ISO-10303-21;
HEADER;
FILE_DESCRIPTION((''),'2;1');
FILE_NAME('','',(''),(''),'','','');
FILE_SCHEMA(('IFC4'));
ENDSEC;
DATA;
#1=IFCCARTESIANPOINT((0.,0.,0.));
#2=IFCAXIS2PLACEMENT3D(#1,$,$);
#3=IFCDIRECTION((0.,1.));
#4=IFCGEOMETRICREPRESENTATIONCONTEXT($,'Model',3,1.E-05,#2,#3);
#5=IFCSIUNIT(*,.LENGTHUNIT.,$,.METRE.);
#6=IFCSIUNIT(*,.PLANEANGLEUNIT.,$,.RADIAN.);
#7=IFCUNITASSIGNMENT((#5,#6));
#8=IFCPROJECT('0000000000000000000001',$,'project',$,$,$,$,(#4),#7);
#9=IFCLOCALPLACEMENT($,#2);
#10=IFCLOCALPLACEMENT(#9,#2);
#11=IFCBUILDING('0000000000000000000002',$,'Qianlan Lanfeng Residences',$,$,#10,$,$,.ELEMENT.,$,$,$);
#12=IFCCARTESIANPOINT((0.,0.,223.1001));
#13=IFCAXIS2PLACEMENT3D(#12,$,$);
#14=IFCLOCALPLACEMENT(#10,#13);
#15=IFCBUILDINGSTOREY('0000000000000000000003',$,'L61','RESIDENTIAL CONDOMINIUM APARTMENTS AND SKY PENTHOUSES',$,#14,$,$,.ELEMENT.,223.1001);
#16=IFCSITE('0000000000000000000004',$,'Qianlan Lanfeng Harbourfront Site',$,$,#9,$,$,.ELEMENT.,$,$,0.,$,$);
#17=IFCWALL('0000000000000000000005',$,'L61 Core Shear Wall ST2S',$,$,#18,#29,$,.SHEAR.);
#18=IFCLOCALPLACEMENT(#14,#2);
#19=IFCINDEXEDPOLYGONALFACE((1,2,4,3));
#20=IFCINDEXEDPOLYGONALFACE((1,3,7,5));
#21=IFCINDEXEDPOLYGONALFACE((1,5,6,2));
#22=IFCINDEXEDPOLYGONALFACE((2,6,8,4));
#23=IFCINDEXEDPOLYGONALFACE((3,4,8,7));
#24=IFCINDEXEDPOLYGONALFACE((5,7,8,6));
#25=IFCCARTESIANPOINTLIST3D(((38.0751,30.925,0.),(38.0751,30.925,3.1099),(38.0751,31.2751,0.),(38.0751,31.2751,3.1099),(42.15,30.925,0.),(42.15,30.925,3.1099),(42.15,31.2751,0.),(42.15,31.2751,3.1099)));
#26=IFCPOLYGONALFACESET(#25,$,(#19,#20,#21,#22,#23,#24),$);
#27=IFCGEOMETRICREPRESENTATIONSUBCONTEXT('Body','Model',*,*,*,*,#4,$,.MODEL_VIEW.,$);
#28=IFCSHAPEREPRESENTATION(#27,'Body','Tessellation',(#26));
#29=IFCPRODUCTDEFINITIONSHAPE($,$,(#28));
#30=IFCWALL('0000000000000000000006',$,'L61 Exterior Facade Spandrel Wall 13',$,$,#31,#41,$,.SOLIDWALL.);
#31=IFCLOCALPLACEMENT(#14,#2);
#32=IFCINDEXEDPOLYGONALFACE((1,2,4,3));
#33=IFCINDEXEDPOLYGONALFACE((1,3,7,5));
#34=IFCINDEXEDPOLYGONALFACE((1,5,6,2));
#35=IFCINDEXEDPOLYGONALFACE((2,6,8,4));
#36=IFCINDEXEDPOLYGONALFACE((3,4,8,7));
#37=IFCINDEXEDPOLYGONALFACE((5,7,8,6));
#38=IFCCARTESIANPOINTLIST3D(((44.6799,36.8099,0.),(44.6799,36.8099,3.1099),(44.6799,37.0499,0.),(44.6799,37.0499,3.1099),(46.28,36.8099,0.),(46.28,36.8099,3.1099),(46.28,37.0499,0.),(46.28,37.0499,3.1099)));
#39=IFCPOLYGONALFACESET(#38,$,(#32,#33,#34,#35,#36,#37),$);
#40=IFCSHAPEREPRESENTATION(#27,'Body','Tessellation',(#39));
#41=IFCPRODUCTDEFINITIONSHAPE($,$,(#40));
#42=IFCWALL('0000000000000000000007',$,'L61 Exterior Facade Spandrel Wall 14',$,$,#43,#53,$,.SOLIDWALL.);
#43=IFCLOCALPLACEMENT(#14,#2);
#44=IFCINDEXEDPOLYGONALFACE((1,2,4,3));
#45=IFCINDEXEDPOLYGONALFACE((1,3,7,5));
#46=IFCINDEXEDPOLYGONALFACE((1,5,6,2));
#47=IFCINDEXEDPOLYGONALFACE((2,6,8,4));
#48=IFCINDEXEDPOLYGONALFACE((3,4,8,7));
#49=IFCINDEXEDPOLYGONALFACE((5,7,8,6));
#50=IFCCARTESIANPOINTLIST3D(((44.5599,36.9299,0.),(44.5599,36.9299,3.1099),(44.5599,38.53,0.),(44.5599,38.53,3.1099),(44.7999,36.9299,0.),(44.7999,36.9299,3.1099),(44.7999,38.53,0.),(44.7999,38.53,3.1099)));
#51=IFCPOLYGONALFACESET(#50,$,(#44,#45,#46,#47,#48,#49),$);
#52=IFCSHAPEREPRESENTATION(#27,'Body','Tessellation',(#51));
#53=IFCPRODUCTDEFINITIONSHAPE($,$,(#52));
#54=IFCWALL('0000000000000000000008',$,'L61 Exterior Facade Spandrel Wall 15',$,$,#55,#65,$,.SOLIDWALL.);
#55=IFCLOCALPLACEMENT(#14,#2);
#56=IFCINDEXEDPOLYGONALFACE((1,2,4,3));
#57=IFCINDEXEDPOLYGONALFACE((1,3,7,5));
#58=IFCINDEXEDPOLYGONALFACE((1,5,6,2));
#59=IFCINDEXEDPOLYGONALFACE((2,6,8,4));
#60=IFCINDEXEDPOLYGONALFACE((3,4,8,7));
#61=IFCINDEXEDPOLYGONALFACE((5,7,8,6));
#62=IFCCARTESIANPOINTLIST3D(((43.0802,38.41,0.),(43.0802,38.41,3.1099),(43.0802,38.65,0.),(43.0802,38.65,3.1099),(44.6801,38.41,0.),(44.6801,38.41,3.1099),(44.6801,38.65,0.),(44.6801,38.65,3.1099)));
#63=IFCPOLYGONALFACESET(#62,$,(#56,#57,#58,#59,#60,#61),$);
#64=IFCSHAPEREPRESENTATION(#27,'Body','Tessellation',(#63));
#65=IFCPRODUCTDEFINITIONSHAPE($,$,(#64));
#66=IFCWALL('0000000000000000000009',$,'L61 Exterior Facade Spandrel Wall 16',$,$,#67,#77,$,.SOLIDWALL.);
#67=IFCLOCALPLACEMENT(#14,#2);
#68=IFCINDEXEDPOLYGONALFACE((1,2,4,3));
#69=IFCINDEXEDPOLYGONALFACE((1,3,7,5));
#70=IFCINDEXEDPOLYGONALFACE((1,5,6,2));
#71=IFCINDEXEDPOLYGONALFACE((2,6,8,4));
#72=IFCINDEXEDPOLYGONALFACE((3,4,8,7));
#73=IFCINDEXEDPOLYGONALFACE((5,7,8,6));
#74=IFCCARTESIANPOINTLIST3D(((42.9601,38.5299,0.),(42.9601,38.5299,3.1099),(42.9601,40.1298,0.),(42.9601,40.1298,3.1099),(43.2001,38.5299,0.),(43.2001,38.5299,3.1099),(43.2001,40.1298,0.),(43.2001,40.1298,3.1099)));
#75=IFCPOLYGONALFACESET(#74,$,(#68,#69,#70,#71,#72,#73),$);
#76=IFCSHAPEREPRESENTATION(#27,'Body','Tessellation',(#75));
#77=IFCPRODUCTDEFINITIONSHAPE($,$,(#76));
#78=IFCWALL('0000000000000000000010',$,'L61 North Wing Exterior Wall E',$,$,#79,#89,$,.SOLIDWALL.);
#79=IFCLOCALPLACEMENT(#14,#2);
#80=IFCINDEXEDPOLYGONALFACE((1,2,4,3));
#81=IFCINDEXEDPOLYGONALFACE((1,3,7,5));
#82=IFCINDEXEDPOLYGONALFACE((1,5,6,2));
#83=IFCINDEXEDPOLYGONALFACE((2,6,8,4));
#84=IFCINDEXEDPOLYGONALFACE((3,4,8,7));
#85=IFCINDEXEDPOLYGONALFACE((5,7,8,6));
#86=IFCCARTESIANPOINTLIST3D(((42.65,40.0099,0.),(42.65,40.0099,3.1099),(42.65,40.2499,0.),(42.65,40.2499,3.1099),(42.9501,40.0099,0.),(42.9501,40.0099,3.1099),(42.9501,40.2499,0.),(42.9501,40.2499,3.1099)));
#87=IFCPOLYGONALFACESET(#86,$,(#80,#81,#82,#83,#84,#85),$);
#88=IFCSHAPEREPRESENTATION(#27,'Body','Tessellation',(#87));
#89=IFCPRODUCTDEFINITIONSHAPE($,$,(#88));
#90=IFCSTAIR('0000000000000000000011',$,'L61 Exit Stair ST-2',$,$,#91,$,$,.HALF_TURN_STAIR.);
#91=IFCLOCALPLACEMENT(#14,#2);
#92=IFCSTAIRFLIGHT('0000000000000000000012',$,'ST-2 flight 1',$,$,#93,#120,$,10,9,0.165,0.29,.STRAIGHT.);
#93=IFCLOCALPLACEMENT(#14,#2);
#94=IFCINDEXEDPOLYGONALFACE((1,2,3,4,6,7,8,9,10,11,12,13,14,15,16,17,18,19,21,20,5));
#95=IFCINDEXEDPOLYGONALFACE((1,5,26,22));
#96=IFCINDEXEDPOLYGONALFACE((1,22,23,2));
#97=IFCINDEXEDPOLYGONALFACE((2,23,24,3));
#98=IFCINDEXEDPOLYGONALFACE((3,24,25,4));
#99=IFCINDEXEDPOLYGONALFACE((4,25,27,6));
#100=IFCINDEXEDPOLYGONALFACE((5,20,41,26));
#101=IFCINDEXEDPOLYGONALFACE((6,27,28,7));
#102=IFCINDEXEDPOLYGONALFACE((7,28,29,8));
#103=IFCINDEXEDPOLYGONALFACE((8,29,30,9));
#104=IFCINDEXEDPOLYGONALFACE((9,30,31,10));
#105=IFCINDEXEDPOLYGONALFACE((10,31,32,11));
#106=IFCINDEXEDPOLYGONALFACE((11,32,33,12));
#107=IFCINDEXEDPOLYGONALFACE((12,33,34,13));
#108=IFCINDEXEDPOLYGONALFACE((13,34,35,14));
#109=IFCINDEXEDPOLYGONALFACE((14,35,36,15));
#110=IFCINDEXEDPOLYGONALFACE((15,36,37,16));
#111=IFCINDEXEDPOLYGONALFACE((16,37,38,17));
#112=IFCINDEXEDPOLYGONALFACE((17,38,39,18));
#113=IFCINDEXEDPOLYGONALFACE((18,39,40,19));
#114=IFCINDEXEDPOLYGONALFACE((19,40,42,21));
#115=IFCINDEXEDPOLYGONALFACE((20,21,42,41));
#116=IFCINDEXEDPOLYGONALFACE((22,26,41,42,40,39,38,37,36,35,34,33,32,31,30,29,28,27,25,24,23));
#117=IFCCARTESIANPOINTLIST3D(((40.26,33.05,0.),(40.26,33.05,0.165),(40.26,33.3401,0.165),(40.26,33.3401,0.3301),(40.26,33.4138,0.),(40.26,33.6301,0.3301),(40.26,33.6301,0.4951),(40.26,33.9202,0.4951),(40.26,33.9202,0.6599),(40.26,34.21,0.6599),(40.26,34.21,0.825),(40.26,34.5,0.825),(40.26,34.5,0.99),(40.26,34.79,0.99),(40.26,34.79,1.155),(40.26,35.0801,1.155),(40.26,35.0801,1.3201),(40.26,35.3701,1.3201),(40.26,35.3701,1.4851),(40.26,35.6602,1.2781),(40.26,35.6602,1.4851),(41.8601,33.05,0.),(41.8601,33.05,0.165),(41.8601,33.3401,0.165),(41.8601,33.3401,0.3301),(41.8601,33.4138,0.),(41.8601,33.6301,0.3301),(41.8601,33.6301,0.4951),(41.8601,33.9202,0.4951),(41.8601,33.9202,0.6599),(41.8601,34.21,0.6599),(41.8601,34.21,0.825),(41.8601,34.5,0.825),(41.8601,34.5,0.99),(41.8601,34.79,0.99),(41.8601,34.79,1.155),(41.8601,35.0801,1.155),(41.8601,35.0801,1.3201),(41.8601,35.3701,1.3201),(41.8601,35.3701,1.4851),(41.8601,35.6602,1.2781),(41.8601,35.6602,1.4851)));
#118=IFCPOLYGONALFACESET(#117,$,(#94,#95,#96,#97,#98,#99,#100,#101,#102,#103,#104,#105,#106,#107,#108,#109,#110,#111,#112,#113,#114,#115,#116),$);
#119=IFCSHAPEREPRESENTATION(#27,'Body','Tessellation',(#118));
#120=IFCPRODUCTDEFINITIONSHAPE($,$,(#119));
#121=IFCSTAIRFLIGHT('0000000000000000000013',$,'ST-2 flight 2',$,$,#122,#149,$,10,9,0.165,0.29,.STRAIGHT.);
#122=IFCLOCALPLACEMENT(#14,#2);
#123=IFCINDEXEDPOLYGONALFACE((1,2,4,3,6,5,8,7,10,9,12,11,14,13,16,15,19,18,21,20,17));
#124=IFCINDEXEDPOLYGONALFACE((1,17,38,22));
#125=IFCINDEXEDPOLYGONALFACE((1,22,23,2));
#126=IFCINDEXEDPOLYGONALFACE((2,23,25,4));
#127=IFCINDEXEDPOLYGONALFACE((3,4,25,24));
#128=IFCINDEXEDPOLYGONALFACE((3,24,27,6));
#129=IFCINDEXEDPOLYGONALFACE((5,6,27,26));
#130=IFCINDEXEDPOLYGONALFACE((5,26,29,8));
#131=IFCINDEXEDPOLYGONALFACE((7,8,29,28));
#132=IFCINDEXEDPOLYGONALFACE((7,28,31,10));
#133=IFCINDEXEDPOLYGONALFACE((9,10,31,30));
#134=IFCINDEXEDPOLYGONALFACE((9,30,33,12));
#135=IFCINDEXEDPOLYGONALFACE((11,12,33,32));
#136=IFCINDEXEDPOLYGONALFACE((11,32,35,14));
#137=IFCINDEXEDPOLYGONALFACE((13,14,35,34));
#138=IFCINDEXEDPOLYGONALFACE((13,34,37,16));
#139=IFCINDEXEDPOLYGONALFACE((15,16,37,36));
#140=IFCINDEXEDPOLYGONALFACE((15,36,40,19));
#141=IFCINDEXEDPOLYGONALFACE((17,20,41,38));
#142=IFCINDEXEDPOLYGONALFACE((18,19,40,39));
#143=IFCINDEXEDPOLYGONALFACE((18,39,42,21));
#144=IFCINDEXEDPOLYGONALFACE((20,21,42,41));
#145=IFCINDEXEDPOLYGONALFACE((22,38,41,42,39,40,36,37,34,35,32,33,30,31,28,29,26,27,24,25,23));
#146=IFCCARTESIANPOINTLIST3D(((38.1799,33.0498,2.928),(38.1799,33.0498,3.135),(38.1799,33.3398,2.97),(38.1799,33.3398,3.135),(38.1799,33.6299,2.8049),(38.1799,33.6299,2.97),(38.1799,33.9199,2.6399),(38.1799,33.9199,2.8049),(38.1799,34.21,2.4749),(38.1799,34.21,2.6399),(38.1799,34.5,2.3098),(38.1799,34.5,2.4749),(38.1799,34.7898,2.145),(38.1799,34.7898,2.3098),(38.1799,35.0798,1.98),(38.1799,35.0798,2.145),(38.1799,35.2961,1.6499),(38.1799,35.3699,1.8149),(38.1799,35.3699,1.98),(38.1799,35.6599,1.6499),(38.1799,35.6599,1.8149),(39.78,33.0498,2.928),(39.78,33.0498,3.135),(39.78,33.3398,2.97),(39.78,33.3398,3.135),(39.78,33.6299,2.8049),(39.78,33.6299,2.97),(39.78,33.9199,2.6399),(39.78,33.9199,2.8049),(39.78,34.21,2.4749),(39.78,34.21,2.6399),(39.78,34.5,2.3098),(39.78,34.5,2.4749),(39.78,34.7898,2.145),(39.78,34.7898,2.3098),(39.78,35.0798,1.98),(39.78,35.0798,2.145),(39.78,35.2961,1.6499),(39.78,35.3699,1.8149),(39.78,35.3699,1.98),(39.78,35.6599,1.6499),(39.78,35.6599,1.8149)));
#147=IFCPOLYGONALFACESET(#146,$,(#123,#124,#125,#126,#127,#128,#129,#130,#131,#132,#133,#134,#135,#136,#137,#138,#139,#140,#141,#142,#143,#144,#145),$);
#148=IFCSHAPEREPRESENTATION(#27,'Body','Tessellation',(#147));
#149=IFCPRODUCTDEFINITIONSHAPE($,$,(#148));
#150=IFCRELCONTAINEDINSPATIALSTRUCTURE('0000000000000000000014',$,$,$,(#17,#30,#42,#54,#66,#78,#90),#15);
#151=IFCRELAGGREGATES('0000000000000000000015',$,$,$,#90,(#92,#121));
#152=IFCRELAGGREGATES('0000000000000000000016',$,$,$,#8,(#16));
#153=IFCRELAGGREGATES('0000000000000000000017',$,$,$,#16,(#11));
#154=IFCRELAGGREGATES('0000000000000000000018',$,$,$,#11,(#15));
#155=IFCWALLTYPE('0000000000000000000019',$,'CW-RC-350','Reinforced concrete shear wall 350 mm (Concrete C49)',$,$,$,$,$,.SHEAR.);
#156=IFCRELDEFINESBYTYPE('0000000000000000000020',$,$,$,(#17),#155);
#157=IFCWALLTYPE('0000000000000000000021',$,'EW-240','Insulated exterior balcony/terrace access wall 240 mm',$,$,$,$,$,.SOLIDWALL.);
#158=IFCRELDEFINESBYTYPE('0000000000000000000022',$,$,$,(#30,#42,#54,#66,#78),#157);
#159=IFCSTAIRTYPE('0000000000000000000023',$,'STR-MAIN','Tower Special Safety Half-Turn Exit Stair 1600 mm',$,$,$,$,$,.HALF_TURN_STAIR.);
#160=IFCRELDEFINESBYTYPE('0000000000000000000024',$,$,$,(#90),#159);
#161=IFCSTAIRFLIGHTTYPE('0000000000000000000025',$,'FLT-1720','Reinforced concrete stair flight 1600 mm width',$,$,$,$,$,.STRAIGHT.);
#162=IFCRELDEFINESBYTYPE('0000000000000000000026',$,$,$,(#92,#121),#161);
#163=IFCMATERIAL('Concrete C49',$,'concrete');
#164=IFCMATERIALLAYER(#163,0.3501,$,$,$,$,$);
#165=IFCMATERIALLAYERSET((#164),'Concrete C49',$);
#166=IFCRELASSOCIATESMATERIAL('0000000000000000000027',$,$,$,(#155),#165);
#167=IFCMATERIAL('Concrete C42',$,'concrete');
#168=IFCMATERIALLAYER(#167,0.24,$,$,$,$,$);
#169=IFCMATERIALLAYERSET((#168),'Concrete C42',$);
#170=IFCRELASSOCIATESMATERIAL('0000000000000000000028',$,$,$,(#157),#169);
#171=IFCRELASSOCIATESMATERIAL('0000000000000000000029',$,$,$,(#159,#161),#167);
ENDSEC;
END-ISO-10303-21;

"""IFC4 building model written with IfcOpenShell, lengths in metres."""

from ifc_helpers import new_model, si_unit, direction, frame, frame_2d, origin, place, context, subcontext, project, spatial, polyline, rectangle, outline, extrude, material, layer, layer_set, type_object, element, aggregate, save


model = new_model("IFC4")

# Units and contexts
model_context = context("Model", 3, precision=1e-05, world=origin(), true_north=direction((0.0, 1.0)))
body_context = subcontext(model_context, "Body", "Model", "MODEL_VIEW")
ifc_project = project(units=[si_unit("LENGTHUNIT", "METRE"), si_unit("PLANEANGLEUNIT", "RADIAN")], contexts=[model_context])

# Site, building, storey
site_placement = place(None, origin())
site = spatial("IfcSite", under=ifc_project, at=site_placement, Name="Qianlan Lanfeng Harbourfront Site", CompositionType="ELEMENT", RefElevation=0.0)
building_placement = place(site_placement, origin())
building = spatial("IfcBuilding", under=site, at=building_placement, Name="Qianlan Lanfeng Residences", CompositionType="ELEMENT")
storey_placement = place(building_placement, frame((0.0, 0.0, 223.1001)))
storey = spatial("IfcBuildingStorey", under=building, at=storey_placement, Name="L61", Description="RESIDENTIAL CONDOMINIUM APARTMENTS AND SKY PENTHOUSES", CompositionType="ELEMENT", Elevation=223.1001)

# Walls
ifc_material_1 = material(Name="Concrete C49", Category="concrete")
ifc_layer_1 = layer(ifc_material_1, 0.3501)
ifc_layer_set_1 = layer_set([ifc_layer_1], Name="Concrete C49")
wall_type_1 = type_object("IfcWallType", Name="CW-RC-350", Description="Reinforced concrete shear wall 350 mm (Concrete C49)", PredefinedType="SHEAR", material=ifc_layer_set_1)
wall_1_placement = place(storey_placement, frame((38.075, 31.1001, 0.0), z_axis=(0.0, 0.0, 1.0), x_axis=(1.0, 0.0, 0.0)))
element("IfcWall", 1, at=wall_1_placement, inside=storey, type_object=wall_type_1, Name="L61 Core Shear Wall ST2S", PredefinedType="SHEAR", context=body_context, shape_type="SweptSolid", body=[
    extrude(rectangle(XDim=4.075, YDim=0.3501, at=frame_2d((2.0376, 0.0))), origin(), (0.0, 0.0, 1.0), 3.1099),
])
ifc_material_2 = material(Name="Concrete C42", Category="concrete")
ifc_layer_2 = layer(ifc_material_2, 0.24)
ifc_layer_set_2 = layer_set([ifc_layer_2], Name="Concrete C42")
wall_type_2 = type_object("IfcWallType", Name="EW-240", Description="Insulated exterior balcony/terrace access wall 240 mm", PredefinedType="SOLIDWALL", material=ifc_layer_set_2)
for number, where, z_axis, x_axis, name in (
    (2, (46.28, 36.9299, 0.0), (0.0, 0.0, 1.0), (-1.0, 0.0, 0.0), "L61 Exterior Facade Spandrel Wall 13"),
    (3, (44.6799, 36.9299, 0.0), (0.0, 0.0, 1.0), (0.0, 1.0, 0.0), "L61 Exterior Facade Spandrel Wall 14"),
):
    element("IfcWall", number, at=place(storey_placement, frame(where, z_axis=z_axis, x_axis=x_axis)), inside=storey, type_object=wall_type_2, Name=name, PredefinedType="SOLIDWALL", context=body_context, shape_type="SweptSolid", body=[
        extrude(rectangle(XDim=1.6001, YDim=0.24, at=frame_2d((0.8, 0.0))), origin(), (0.0, 0.0, 1.0), 3.1099),
    ])
for number, where, z_axis, x_axis, name in (
    (4, (44.6799, 38.53, 0.0), (0.0, 0.0, 1.0), (-1.0, 0.0, 0.0), "L61 Exterior Facade Spandrel Wall 15"),
    (5, (43.0801, 38.53, 0.0), (0.0, 0.0, 1.0), (0.0, 1.0, 0.0), "L61 Exterior Facade Spandrel Wall 16"),
):
    element("IfcWall", number, at=place(storey_placement, frame(where, z_axis=z_axis, x_axis=x_axis)), inside=storey, type_object=wall_type_2, Name=name, PredefinedType="SOLIDWALL", context=body_context, shape_type="SweptSolid", body=[
        extrude(rectangle(XDim=1.5999, YDim=0.24, at=frame_2d((0.7998, 0.0))), origin(), (0.0, 0.0, 1.0), 3.1099),
    ])
wall_2_placement = place(storey_placement, frame((42.95, 40.1299, 0.0), z_axis=(0.0, 0.0, 1.0), x_axis=(-1.0, 0.0, 0.0)))
element("IfcWall", 6, at=wall_2_placement, inside=storey, type_object=wall_type_2, Name="L61 North Wing Exterior Wall E", PredefinedType="SOLIDWALL", context=body_context, shape_type="SweptSolid", body=[
    extrude(rectangle(XDim=0.3, YDim=0.24, at=frame_2d((0.1499, 0.0))), origin(), (0.0, 0.0, 1.0), 3.1099),
])

# Stair, stair flights
stair_type = type_object("IfcStairType", Name="STR-MAIN", Description="Tower Special Safety Half-Turn Exit Stair 1600 mm", PredefinedType="HALF_TURN_STAIR", material=ifc_material_2)
stair_placement = place(storey_placement, origin())
stair = element("IfcStair", 7, at=stair_placement, inside=storey, type_object=stair_type, Name="L61 Exit Stair ST-2", PredefinedType="HALF_TURN_STAIR")
stair_flight_type = type_object("IfcStairFlightType", Name="FLT-1720", Description="Reinforced concrete stair flight 1600 mm width", PredefinedType="STRAIGHT", material=ifc_material_2)
stair_flight_1_placement = place(storey_placement, frame((41.0601, 33.05, 0.0), z_axis=(0.0, 0.0, 1.0), x_axis=(0.0, 1.0, 0.0)))
stair_flight_1 = element("IfcStairFlight", 8, at=stair_flight_1_placement, type_object=stair_flight_type, Name="ST-2 flight 1", NumberOfRisers=10, NumberOfTreads=9, PredefinedType="STRAIGHT", RiserHeight=0.165, TreadLength=0.29, context=body_context, shape_type="SweptSolid", body=[
    extrude(outline(polyline([(0.0, 0.0), (0.0, 0.165), (0.29, 0.165), (0.29, 0.3301), (0.5801, 0.3301), (0.5801, 0.4951), (0.8701, 0.4951), (0.8701, 0.6599), (1.1599, 0.6599), (1.1599, 0.825), (1.45, 0.825), (1.45, 0.99), (1.74, 0.99), (1.74, 1.155), (2.03, 1.155), (2.03, 1.3201), (2.3201, 1.3201), (2.3201, 1.4851), (2.6101, 1.4851), (2.6101, 1.6499), (2.6101, 1.2781), (0.3638, 0.0), (0.0, 0.0)])), frame((0.0, 0.8, 0.0), z_axis=(0.0, -1.0, 0.0), x_axis=(1.0, 0.0, 0.0)), (0.0, 0.0, 1.0), 1.6001),
])
stair_flight_2_placement = place(storey_placement, frame((38.98, 35.6599, 1.6499), z_axis=(0.0, 0.0, 1.0), x_axis=(0.0, -1.0, 0.0)))
stair_flight_2 = element("IfcStairFlight", 9, at=stair_flight_2_placement, type_object=stair_flight_type, Name="ST-2 flight 2", NumberOfRisers=10, NumberOfTreads=9, PredefinedType="STRAIGHT", RiserHeight=0.165, TreadLength=0.29, context=body_context, shape_type="SweptSolid", body=[
    extrude(outline(polyline([(0.0, 0.0), (0.0, 0.165), (0.29, 0.165), (0.29, 0.3301), (0.5801, 0.3301), (0.5801, 0.4951), (0.8701, 0.4951), (0.8701, 0.6599), (1.1599, 0.6599), (1.1599, 0.825), (1.45, 0.825), (1.45, 0.99), (1.74, 0.99), (1.74, 1.155), (2.03, 1.155), (2.03, 1.3201), (2.3201, 1.3201), (2.3201, 1.4851), (2.6101, 1.4851), (2.6101, 1.6499), (2.6101, 1.2781), (0.3638, 0.0), (0.0, 0.0)])), frame((0.0, 0.8, 0.0), z_axis=(0.0, -1.0, 0.0), x_axis=(1.0, 0.0, 0.0)), (0.0, 0.0, 1.0), 1.6001),
])
aggregate(stair, [stair_flight_1, stair_flight_2])

save(model, "model.ifc")
